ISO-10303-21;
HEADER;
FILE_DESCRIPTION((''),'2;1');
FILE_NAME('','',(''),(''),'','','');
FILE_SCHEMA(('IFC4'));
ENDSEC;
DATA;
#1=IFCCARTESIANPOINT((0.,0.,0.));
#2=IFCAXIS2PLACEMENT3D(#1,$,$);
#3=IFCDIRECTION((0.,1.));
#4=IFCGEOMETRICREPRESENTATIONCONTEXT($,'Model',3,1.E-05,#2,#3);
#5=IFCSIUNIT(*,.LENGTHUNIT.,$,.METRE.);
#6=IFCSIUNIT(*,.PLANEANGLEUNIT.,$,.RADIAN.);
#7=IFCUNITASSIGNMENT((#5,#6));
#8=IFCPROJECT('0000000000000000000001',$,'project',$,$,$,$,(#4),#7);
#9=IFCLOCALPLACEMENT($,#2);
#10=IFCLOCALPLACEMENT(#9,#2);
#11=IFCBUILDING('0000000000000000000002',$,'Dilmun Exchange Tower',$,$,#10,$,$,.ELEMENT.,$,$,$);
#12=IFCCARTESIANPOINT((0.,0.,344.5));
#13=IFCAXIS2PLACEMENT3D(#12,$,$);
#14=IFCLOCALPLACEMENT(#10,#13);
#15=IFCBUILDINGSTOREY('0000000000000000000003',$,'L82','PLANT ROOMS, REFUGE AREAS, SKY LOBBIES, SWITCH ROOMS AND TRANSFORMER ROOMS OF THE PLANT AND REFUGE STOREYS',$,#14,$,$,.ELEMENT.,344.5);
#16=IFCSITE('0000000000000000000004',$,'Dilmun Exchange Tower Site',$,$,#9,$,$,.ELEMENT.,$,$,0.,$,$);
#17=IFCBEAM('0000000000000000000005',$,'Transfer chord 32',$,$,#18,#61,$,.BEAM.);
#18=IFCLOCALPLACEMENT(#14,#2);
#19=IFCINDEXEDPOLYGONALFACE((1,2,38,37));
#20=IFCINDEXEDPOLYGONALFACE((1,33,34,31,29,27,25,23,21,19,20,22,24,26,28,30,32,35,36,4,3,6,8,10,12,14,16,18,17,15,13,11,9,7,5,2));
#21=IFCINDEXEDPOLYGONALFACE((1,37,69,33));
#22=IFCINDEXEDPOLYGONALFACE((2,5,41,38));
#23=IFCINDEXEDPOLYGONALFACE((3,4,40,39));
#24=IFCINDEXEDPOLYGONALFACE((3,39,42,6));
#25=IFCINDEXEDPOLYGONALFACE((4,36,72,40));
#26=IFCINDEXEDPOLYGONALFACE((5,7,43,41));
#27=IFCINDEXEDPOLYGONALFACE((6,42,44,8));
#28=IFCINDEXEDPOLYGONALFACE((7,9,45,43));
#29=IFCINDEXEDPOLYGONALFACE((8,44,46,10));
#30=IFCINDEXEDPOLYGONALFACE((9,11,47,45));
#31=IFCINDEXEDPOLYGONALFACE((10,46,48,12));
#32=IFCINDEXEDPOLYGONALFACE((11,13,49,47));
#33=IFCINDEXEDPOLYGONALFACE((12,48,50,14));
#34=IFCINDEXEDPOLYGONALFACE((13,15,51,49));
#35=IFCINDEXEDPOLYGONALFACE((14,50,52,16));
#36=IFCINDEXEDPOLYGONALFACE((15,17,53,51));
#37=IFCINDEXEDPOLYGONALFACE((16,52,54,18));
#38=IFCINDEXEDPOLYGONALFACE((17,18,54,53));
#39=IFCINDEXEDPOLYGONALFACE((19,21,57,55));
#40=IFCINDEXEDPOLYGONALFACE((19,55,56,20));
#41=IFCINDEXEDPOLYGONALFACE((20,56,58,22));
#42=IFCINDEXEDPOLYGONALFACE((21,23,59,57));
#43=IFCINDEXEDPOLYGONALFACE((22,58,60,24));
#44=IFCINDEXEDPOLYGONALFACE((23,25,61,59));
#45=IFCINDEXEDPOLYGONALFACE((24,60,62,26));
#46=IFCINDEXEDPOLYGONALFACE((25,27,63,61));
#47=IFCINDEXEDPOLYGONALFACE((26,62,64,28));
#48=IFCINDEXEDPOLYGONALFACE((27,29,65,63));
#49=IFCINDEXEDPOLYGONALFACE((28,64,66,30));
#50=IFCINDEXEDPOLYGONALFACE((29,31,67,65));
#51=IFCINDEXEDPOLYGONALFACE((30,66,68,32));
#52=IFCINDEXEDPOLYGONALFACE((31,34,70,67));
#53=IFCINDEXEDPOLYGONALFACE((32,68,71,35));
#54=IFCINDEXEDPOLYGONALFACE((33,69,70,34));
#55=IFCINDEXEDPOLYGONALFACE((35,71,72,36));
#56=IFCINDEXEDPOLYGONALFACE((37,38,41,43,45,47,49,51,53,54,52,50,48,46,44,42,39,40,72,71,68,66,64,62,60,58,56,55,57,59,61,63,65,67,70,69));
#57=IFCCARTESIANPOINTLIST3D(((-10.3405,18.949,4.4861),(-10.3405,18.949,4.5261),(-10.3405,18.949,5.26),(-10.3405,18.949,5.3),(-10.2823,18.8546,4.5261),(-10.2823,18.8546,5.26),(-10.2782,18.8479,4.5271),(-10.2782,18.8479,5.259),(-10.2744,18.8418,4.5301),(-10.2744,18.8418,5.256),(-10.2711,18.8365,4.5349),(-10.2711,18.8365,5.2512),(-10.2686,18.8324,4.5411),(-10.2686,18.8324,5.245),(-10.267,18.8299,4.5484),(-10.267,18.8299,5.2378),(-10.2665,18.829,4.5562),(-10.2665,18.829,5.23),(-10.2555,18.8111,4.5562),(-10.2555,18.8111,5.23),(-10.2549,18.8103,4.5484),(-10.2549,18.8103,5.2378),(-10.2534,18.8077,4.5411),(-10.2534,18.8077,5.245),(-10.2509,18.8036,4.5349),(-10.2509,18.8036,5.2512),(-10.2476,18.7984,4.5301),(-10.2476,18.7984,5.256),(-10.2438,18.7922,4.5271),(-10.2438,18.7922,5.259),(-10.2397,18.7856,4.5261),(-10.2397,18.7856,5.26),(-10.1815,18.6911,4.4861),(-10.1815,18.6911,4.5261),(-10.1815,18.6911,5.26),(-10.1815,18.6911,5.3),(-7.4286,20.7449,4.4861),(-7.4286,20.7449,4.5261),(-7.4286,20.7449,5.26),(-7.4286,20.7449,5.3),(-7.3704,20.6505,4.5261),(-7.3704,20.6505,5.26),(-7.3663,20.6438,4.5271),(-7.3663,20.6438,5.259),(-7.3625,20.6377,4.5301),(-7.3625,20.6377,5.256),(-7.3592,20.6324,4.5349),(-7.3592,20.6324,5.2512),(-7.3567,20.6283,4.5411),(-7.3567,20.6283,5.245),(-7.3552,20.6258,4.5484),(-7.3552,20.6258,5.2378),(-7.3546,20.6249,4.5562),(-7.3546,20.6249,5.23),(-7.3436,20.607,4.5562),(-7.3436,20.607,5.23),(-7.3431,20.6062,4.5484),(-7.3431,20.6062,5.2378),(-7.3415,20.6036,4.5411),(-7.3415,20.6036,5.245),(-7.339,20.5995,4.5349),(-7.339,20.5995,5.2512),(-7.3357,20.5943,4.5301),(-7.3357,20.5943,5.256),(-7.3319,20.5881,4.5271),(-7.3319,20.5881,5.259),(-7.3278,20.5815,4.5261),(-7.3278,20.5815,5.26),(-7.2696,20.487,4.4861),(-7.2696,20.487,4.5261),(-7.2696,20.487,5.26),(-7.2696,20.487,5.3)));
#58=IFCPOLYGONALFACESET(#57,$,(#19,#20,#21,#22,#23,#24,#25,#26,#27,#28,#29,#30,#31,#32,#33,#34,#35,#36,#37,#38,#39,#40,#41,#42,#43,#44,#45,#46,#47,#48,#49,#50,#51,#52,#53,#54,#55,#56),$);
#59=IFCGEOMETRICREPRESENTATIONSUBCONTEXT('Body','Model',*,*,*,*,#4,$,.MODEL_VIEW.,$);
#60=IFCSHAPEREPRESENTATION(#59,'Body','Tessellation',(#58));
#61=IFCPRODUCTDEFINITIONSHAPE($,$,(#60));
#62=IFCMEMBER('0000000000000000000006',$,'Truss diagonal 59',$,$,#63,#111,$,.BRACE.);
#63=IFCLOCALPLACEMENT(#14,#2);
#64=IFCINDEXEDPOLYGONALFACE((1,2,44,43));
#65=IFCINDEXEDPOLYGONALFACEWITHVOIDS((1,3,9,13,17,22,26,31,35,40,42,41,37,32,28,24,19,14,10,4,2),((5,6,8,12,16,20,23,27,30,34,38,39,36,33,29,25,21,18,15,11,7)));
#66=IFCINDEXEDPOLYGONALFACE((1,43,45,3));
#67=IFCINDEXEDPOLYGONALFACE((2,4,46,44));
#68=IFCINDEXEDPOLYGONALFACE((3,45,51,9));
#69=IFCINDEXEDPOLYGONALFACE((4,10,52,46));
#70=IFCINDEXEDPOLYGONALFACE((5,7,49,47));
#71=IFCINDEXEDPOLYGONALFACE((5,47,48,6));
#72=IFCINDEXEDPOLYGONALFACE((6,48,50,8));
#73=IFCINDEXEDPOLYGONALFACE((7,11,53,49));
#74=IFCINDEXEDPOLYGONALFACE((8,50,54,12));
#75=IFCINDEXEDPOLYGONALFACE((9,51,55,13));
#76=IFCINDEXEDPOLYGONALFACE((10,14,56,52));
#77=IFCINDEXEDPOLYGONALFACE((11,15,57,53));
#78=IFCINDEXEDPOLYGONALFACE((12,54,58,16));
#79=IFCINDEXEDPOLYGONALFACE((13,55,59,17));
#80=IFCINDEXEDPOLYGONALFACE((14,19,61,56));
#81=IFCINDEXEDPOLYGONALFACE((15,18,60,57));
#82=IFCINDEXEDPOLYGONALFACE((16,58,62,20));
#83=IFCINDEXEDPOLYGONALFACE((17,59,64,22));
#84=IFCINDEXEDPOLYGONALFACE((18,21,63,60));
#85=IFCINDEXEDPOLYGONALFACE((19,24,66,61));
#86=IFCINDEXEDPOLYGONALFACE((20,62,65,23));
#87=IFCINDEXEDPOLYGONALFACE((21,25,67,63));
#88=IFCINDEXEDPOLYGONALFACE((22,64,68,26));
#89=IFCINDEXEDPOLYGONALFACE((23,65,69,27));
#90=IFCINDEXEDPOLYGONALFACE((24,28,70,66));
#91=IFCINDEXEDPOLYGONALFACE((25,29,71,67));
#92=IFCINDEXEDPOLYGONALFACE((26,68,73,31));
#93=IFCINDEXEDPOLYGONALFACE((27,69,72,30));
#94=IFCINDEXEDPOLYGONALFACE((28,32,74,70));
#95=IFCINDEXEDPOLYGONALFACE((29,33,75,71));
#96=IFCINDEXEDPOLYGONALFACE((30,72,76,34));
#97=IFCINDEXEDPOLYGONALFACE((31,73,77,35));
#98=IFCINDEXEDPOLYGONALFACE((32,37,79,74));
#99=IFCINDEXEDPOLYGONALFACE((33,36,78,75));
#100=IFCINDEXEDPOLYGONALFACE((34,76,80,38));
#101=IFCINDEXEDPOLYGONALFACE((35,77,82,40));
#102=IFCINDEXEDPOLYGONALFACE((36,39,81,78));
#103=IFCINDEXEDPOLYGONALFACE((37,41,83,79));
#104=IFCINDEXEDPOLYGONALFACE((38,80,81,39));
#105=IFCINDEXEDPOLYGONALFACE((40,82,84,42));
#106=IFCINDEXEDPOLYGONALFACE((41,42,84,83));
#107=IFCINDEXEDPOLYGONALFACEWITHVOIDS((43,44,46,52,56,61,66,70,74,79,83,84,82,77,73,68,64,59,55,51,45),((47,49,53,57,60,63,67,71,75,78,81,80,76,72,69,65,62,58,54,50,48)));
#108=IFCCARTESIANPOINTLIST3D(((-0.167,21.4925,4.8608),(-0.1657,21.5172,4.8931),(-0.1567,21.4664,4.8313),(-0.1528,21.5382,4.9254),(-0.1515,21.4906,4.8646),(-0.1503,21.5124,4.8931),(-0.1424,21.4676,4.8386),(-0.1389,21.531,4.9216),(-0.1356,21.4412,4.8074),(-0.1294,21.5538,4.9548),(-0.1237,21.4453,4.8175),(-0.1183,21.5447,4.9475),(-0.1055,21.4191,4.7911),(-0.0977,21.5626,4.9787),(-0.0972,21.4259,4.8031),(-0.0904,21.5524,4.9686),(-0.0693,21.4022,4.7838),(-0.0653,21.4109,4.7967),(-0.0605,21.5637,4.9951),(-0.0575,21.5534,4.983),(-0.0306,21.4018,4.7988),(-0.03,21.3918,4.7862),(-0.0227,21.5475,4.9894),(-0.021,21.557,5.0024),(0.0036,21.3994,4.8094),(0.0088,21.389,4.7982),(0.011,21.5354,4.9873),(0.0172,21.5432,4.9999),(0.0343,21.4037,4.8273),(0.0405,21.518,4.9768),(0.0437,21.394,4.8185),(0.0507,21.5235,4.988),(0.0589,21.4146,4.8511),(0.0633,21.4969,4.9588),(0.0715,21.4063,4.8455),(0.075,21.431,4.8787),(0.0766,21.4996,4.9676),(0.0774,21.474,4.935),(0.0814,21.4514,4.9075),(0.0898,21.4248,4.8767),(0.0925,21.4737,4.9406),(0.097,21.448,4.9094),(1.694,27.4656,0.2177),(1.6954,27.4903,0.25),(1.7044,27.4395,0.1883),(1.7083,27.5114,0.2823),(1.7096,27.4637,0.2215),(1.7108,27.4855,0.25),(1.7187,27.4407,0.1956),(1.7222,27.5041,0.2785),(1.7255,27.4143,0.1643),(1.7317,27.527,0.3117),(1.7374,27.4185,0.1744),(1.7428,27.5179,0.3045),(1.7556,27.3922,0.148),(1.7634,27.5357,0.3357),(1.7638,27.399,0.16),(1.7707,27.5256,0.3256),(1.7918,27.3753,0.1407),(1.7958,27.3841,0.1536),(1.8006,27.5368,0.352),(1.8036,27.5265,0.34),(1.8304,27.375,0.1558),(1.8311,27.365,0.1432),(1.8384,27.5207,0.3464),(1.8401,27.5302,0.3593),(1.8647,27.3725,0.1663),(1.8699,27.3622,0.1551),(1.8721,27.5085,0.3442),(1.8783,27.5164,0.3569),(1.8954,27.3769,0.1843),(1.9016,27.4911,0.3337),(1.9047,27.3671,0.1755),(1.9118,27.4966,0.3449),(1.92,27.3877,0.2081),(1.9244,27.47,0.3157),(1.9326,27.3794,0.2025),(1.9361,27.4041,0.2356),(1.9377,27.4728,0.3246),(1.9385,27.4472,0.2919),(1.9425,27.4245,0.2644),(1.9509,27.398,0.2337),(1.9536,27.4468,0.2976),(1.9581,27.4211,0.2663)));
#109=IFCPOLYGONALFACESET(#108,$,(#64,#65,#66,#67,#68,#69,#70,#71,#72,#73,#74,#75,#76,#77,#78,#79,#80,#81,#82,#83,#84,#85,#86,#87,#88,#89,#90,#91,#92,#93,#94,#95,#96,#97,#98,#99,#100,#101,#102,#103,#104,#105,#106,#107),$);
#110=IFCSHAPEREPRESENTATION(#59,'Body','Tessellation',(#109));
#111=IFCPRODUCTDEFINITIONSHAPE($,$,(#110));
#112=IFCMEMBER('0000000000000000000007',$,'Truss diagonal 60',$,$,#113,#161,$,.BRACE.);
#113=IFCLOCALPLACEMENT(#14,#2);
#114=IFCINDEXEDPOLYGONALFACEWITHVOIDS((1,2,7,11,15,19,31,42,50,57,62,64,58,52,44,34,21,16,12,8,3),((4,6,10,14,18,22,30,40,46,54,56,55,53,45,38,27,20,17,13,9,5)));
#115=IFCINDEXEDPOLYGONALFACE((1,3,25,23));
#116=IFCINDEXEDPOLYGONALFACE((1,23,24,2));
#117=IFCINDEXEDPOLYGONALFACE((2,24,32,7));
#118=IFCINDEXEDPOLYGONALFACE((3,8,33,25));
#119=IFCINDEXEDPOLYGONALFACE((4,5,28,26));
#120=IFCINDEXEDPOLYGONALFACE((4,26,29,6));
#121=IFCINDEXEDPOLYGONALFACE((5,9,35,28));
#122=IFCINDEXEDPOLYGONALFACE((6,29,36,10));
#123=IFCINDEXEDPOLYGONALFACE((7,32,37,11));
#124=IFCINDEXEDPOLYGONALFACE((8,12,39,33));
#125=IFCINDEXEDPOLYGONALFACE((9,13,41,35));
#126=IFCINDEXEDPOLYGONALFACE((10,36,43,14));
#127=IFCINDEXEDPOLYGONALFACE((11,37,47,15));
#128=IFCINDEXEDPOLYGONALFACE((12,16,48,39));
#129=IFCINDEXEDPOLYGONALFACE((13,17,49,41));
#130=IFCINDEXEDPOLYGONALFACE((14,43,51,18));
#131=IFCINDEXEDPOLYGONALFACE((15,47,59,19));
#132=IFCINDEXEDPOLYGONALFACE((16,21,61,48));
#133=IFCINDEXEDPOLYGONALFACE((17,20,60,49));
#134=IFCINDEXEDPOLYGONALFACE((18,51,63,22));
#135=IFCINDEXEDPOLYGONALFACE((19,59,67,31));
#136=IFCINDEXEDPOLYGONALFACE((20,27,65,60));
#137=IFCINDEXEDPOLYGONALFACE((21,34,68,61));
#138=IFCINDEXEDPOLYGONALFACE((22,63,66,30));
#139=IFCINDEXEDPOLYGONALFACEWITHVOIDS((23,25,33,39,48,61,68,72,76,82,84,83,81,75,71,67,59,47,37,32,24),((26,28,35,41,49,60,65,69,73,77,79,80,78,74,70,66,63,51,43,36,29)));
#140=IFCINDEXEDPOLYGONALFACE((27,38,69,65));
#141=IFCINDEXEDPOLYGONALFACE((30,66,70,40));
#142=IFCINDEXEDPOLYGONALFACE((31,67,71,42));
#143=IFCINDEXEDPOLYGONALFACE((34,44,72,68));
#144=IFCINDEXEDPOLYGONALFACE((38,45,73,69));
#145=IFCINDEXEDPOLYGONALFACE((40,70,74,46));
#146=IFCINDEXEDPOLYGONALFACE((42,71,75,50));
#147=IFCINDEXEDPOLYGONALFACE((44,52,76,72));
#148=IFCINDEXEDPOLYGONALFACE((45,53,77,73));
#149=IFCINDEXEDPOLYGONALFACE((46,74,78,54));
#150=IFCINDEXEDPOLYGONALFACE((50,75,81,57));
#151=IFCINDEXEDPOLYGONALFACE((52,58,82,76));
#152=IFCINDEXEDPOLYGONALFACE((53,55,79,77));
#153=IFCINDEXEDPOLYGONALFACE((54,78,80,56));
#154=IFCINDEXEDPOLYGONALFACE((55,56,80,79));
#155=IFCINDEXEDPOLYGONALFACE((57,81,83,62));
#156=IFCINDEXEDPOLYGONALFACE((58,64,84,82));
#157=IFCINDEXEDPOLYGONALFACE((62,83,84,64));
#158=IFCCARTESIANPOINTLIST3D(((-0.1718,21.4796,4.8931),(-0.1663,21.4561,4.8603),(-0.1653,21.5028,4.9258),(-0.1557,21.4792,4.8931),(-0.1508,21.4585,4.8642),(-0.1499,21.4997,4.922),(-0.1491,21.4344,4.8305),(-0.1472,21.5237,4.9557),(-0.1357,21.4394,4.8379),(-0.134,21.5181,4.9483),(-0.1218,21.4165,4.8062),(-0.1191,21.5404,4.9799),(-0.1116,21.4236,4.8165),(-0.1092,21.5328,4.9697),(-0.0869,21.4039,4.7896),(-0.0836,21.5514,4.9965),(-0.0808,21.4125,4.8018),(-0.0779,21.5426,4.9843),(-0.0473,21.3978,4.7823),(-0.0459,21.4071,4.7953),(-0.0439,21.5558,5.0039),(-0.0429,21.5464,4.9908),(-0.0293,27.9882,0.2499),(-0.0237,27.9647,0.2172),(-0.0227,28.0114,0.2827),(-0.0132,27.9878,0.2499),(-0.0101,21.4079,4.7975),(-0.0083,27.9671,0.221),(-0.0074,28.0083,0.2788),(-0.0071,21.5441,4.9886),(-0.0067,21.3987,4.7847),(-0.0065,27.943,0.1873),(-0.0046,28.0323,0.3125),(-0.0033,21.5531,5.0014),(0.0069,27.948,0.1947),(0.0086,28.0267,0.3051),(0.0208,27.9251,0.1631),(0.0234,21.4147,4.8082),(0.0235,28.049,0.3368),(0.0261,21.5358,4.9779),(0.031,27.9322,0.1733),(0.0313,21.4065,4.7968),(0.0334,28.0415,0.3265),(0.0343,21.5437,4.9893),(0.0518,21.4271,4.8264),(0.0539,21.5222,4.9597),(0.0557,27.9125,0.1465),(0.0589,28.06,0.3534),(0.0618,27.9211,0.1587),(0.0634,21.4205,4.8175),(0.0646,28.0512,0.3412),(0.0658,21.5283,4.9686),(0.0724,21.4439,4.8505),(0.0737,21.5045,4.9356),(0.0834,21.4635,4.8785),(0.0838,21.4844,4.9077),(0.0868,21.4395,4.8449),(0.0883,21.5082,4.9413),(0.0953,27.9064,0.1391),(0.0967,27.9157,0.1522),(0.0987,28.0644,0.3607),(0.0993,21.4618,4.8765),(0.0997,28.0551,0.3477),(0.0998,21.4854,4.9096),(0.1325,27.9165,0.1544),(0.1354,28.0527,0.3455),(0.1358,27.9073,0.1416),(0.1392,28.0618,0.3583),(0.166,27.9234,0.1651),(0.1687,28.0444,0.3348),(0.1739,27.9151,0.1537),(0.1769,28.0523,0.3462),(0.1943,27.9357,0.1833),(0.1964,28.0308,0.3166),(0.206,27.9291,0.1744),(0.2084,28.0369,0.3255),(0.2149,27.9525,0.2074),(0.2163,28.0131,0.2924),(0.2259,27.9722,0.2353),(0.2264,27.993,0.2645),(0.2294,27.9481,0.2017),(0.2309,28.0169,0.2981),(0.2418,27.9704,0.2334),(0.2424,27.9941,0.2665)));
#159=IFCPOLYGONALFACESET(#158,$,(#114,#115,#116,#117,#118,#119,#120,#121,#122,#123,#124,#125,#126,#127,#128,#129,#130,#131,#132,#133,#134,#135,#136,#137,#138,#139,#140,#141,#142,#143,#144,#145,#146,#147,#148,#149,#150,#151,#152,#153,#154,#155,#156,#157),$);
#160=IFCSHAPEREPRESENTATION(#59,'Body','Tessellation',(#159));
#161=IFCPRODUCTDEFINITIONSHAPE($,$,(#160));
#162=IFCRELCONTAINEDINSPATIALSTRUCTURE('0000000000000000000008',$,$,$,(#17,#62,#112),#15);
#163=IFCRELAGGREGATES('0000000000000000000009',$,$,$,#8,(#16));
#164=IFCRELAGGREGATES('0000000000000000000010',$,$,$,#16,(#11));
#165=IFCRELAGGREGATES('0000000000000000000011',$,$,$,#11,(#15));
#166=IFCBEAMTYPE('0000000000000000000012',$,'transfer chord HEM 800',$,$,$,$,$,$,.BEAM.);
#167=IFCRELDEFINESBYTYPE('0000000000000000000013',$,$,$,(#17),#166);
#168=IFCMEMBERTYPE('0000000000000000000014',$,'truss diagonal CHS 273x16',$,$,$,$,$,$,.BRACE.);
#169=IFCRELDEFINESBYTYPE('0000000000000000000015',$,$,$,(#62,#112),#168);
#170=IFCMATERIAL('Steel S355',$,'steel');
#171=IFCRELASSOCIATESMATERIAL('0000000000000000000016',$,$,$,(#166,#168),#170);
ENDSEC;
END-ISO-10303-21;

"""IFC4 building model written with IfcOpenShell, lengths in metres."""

from ifc_helpers import new_model, si_unit, direction, frame, origin, origin_2d, place, context, subcontext, project, spatial, hollow_circle, i_section, extrude, material, material_profile, profile_set, type_object, element, save


model = new_model("IFC4")

# Units and contexts
model_context = context("Model", 3, precision=1e-05, world=origin(), true_north=direction((0.0, 1.0)))
body_context = subcontext(model_context, "Body", "Model", "MODEL_VIEW")
ifc_project = project(units=[si_unit("LENGTHUNIT", "METRE"), si_unit("PLANEANGLEUNIT", "RADIAN")], contexts=[model_context])

# Site, building, storey
site_placement = place(None, origin())
site = spatial("IfcSite", under=ifc_project, at=site_placement, Name="Dilmun Exchange Tower Site", CompositionType="ELEMENT", RefElevation=0.0)
building_placement = place(site_placement, origin())
building = spatial("IfcBuilding", under=site, at=building_placement, Name="Dilmun Exchange Tower", CompositionType="ELEMENT")
storey_placement = place(building_placement, frame((0.0, 0.0, 344.5)))
storey = spatial("IfcBuildingStorey", under=building, at=storey_placement, Name="L82", Description="PLANT ROOMS, REFUGE AREAS, SKY LOBBIES, SWITCH ROOMS AND TRANSFORMER ROOMS OF THE PLANT AND REFUGE STOREYS", CompositionType="ELEMENT", Elevation=344.5)

# Beam
ifc_material_1 = material(Name="Steel S355", Category="steel")
ifc_material_profile_1 = material_profile(ifc_material_1, i_section(OverallWidth=0.303, OverallDepth=0.814, WebThickness=0.021, FlangeThickness=0.04, FilletRadius=0.03, at=origin_2d()), Name="HEM 800")
ifc_profile_set_1 = profile_set([ifc_material_profile_1], Name="Steel S355")
beam_type_1 = type_object("IfcBeamType", Name="transfer chord HEM 800", PredefinedType="BEAM", material=ifc_profile_set_1)
beam_1_placement = place(storey_placement, frame((-7.3491, 20.616, 4.8931), z_axis=(-0.851138, -0.524941, 0.0), x_axis=(0.524941, -0.851138, 0.0)))
element("IfcBeam", 1, at=beam_1_placement, inside=storey, type_object=beam_type_1, Name="Transfer chord 32", PredefinedType="BEAM", context=body_context, shape_type="SweptSolid", body=[
    extrude(i_section(OverallWidth=0.303, OverallDepth=0.814, WebThickness=0.021, FlangeThickness=0.04, FilletRadius=0.03, at=origin_2d()), origin(), (0.0, 0.0, 1.0), 3.4211),
])

# Members
ifc_material_profile_2 = material_profile(ifc_material_1, hollow_circle(Radius=0.1365, WallThickness=0.0161, at=origin_2d()), Name="CHS 273x16")
ifc_profile_set_2 = profile_set([ifc_material_profile_2], Name="Steel S355")
member_type = type_object("IfcMemberType", Name="truss diagonal CHS 273x16", PredefinedType="BRACE", material=ifc_profile_set_2)
member_1_placement = place(storey_placement, frame((-0.0354, 21.4766, 4.8931), z_axis=(0.238875, 0.766669, -0.59595), x_axis=(-0.954731, 0.297471, 0.0)))
element("IfcMember", 2, at=member_1_placement, inside=storey, type_object=member_type, Name="Truss diagonal 59", PredefinedType="BRACE", context=body_context, shape_type="SweptSolid", body=[
    extrude(hollow_circle(Radius=0.1365, WallThickness=0.0161, at=origin_2d()), origin(), (0.0, 0.0, 1.0), 7.791),
])
member_2_placement = place(storey_placement, frame((-0.0354, 21.4766, 4.8931), z_axis=(0.017831, 0.813953, -0.580658), x_axis=(-0.99976, 0.021901, 0.0)))
element("IfcMember", 3, at=member_2_placement, inside=storey, type_object=member_type, Name="Truss diagonal 60", PredefinedType="BRACE", context=body_context, shape_type="SweptSolid", body=[
    extrude(hollow_circle(Radius=0.1365, WallThickness=0.0161, at=origin_2d()), origin(), (0.0, 0.0, 1.0), 7.9963),
])

save(model, "model.ifc")
